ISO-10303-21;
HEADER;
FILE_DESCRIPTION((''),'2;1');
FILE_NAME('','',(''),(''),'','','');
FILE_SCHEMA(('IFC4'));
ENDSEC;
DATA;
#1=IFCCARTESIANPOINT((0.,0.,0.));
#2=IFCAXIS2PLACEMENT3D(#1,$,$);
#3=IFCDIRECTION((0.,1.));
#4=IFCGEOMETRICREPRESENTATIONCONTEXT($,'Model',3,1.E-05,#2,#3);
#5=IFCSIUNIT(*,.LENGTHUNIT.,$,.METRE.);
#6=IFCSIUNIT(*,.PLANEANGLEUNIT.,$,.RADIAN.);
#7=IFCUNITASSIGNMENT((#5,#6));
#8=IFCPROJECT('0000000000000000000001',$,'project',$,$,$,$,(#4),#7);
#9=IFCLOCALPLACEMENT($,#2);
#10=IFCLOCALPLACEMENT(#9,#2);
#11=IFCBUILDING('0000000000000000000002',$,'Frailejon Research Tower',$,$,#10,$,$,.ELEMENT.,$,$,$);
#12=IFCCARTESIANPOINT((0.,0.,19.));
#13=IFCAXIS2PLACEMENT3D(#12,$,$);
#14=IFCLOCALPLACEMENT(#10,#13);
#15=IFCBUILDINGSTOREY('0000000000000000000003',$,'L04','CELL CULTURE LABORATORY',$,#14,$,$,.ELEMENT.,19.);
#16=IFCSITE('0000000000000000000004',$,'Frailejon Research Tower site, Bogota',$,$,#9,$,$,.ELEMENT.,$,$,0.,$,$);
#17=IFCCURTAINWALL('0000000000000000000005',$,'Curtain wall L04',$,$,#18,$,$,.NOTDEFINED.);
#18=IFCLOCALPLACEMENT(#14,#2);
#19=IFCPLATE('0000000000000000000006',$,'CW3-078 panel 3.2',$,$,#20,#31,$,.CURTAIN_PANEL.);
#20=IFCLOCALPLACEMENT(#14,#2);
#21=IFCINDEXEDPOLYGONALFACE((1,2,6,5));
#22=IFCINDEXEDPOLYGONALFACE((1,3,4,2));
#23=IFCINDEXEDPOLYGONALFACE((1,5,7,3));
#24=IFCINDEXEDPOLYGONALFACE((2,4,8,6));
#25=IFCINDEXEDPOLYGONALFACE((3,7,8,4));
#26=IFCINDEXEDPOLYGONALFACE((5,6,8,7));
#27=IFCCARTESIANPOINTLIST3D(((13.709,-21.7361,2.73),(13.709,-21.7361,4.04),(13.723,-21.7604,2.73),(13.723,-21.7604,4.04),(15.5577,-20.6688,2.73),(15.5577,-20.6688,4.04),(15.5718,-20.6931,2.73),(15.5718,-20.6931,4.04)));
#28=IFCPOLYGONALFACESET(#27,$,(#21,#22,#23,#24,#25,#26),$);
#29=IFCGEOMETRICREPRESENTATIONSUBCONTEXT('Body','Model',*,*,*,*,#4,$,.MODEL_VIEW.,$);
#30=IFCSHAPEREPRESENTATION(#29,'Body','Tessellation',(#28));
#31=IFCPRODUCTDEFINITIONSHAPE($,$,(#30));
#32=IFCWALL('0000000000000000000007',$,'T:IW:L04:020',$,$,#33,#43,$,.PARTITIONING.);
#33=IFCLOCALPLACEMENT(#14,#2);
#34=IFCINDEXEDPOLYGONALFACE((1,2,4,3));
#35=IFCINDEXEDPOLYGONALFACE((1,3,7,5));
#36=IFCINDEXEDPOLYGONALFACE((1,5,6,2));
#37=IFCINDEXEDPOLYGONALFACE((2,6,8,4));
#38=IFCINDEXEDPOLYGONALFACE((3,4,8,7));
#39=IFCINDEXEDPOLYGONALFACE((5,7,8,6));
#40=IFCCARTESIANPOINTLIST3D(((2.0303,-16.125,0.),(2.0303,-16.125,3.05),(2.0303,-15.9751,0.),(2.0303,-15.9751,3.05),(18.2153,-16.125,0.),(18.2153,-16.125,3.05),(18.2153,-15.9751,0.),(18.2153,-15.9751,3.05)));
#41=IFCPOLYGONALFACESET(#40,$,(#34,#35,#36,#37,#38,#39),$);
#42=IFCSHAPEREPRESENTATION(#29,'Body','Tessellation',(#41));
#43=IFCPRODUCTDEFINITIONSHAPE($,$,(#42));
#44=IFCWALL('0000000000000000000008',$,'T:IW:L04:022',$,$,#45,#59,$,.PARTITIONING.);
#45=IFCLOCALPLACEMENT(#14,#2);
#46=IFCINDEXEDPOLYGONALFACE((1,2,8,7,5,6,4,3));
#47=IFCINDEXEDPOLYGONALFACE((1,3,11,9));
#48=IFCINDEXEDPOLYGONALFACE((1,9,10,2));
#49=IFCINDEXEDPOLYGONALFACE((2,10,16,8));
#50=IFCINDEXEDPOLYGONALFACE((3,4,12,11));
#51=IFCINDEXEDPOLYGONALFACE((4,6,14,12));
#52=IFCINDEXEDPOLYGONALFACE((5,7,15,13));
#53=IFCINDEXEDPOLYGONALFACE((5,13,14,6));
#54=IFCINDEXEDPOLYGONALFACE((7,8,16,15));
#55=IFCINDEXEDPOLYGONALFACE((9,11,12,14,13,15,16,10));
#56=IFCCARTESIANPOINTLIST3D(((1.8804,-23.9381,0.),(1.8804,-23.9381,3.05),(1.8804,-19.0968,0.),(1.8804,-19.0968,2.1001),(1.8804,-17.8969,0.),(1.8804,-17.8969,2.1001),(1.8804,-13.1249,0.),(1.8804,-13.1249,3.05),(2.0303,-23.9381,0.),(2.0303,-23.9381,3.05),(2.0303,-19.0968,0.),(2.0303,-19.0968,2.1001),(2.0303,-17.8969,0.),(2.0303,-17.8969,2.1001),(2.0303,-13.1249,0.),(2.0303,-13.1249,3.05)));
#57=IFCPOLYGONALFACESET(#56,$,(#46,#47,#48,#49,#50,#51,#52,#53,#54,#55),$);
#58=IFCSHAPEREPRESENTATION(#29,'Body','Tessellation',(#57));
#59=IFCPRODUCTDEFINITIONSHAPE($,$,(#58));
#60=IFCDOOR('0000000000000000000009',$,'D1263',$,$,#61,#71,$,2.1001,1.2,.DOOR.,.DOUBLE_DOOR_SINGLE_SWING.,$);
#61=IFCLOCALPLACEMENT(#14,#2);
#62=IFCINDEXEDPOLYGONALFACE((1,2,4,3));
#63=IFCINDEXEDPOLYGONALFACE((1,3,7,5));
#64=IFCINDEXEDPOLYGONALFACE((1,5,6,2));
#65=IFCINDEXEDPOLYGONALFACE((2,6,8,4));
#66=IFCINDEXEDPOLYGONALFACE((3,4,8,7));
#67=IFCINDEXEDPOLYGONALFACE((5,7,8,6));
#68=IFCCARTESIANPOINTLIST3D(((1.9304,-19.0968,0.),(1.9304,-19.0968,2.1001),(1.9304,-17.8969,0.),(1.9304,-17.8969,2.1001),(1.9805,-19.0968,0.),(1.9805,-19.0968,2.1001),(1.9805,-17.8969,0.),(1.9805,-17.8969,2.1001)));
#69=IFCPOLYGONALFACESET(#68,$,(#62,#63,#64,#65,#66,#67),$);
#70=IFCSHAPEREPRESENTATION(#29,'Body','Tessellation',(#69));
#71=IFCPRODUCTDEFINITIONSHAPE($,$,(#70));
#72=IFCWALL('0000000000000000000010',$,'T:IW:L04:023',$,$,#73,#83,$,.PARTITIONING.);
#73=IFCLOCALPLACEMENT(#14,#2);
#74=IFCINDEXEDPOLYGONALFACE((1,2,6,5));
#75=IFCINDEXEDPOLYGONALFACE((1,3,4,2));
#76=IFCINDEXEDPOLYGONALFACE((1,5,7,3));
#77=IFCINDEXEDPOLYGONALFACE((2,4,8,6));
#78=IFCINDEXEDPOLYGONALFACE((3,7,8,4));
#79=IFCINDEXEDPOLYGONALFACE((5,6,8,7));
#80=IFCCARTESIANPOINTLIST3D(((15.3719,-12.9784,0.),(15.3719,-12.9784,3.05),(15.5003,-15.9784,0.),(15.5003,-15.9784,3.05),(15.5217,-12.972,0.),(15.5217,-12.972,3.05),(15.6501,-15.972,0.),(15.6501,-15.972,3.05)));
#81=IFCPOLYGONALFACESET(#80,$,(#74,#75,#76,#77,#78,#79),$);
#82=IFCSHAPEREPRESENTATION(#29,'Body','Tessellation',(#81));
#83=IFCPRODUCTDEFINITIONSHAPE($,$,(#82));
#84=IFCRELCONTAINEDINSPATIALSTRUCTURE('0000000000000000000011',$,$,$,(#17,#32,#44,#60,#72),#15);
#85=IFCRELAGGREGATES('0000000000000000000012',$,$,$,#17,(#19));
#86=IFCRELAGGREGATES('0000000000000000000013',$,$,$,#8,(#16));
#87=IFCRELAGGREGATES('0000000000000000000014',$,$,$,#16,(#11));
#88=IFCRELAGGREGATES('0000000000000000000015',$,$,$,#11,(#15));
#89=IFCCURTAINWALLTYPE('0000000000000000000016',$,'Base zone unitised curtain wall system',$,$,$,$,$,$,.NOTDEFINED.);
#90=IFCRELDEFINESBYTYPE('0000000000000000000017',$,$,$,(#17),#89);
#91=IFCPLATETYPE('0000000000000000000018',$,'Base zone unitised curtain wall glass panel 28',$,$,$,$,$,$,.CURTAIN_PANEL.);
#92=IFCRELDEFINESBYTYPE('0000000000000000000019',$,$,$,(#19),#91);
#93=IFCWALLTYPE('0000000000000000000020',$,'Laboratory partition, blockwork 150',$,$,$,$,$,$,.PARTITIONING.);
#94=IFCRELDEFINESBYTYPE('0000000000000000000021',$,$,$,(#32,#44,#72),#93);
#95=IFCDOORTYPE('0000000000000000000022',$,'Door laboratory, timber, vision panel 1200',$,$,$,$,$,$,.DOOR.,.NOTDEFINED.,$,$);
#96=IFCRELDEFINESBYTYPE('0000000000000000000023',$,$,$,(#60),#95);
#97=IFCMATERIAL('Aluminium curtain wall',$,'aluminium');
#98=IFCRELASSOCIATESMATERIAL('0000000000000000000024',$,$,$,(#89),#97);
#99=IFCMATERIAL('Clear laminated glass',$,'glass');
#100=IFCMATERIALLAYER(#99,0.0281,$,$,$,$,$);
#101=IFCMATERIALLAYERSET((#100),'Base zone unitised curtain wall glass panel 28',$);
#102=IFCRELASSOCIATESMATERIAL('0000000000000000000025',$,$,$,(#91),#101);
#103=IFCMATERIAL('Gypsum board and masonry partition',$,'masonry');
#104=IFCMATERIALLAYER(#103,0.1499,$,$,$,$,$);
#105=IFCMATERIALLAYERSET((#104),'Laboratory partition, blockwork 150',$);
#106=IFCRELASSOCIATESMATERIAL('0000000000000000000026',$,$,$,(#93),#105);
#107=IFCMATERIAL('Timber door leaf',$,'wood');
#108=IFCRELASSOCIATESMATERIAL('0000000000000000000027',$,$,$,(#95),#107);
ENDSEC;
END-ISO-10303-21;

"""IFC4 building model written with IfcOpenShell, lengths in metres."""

from ifc_helpers import new_model, si_unit, direction, frame, frame_2d, origin, origin_2d, place, context, subcontext, project, spatial, rectangle, extrude, material, layer, layer_set, type_object, element, fill, aggregate, save


model = new_model("IFC4")

# Units and contexts
model_context = context("Model", 3, precision=1e-05, world=origin(), true_north=direction((0.0, 1.0)))
body_context = subcontext(model_context, "Body", "Model", "MODEL_VIEW")
ifc_project = project(units=[si_unit("LENGTHUNIT", "METRE"), si_unit("PLANEANGLEUNIT", "RADIAN")], contexts=[model_context])

# Site, building, storey
site_placement = place(None, origin())
site = spatial("IfcSite", under=ifc_project, at=site_placement, Name="Frailejon Research Tower site, Bogota", CompositionType="ELEMENT", RefElevation=0.0)
building_placement = place(site_placement, origin())
building = spatial("IfcBuilding", under=site, at=building_placement, Name="Frailejon Research Tower", CompositionType="ELEMENT")
storey_placement = place(building_placement, frame((0.0, 0.0, 19.0)))
storey = spatial("IfcBuildingStorey", under=building, at=storey_placement, Name="L04", Description="CELL CULTURE LABORATORY", CompositionType="ELEMENT", Elevation=19.0)

# Curtain wall, plate
ifc_material_1 = material(Name="Aluminium curtain wall", Category="aluminium")
curtain_wall_type = type_object("IfcCurtainWallType", Name="Base zone unitised curtain wall system", PredefinedType="NOTDEFINED", material=ifc_material_1)
curtain_wall_placement = place(storey_placement, origin())
curtain_wall = element("IfcCurtainWall", 1, at=curtain_wall_placement, inside=storey, type_object=curtain_wall_type, Name="Curtain wall L04", PredefinedType="NOTDEFINED")
ifc_material_2 = material(Name="Clear laminated glass", Category="glass")
ifc_layer_1 = layer(ifc_material_2, 0.0281)
ifc_layer_set_1 = layer_set([ifc_layer_1], Name="Base zone unitised curtain wall glass panel 28")
plate_type = type_object("IfcPlateType", Name="Base zone unitised curtain wall glass panel 28", PredefinedType="CURTAIN_PANEL", material=ifc_layer_set_1)
plate_1_placement = place(storey_placement, frame((14.6404, -21.2146, 2.73), z_axis=(0.0, 0.0, 1.0), x_axis=(0.866026, 0.499998, 0.0)))
plate_1 = element("IfcPlate", 2, at=plate_1_placement, type_object=plate_type, Name="CW3-078 panel 3.2", PredefinedType="CURTAIN_PANEL", context=body_context, shape_type="SweptSolid", body=[
    extrude(rectangle(XDim=2.1348, YDim=0.0281, at=origin_2d()), origin(), (0.0, 0.0, 1.0), 1.3101),
])
aggregate(curtain_wall, [plate_1])

# Wall
ifc_material_3 = material(Name="Gypsum board and masonry partition", Category="masonry")
ifc_layer_2 = layer(ifc_material_3, 0.1499)
ifc_layer_set_2 = layer_set([ifc_layer_2], Name="Laboratory partition, blockwork 150")
wall_type = type_object("IfcWallType", Name="Laboratory partition, blockwork 150", PredefinedType="PARTITIONING", material=ifc_layer_set_2)
wall_1_placement = place(storey_placement, frame((2.0303, -16.05, 0.0), z_axis=(0.0, 0.0, 1.0), x_axis=(1.0, 0.0, 0.0)))
element("IfcWall", 3, at=wall_1_placement, inside=storey, type_object=wall_type, Name="T:IW:L04:020", PredefinedType="PARTITIONING", context=body_context, shape_type="SweptSolid", body=[
    extrude(rectangle(XDim=16.1851, YDim=0.1499, at=frame_2d((8.0925, 0.0))), origin(), (0.0, 0.0, 1.0), 3.05),
])

# Wall, opening, door
wall_2_placement = place(storey_placement, frame((1.9553, -23.9382, 0.0), z_axis=(0.0, 0.0, 1.0), x_axis=(0.0, 1.0, 0.0)))
wall_2 = element("IfcWall", 4, at=wall_2_placement, inside=storey, type_object=wall_type, Name="T:IW:L04:022", PredefinedType="PARTITIONING", context=body_context, shape_type="SweptSolid", body=[
    extrude(rectangle(XDim=10.8132, YDim=0.1499, at=frame_2d((5.4067, 0.0))), origin(), (0.0, 0.0, 1.0), 3.05),
])
opening_placement = place(wall_2_placement, frame((4.8413, 0.0, 0.0)))
opening = element("IfcOpeningElement", 5, at=opening_placement, cuts=wall_2, PredefinedType="OPENING", context=body_context, shape_type="SweptSolid", body=[
    extrude(rectangle(XDim=1.2, YDim=2.1001, at=frame_2d((0.6001, 1.05))), frame((0.0, 0.085, 0.0), z_axis=(0.0, -1.0, 0.0), x_axis=(1.0, 0.0, 0.0)), (0.0, 0.0, 1.0), 0.1699),
])
ifc_material_4 = material(Name="Timber door leaf", Category="wood")
door_type = type_object("IfcDoorType", Name="Door laboratory, timber, vision panel 1200", OperationType="NOTDEFINED", PredefinedType="DOOR", material=ifc_material_4)
door_placement = place(opening_placement, origin())
door = element("IfcDoor", 6, at=door_placement, inside=storey, type_object=door_type, Name="D1263", OperationType="DOUBLE_DOOR_SINGLE_SWING", OverallHeight=2.1001, OverallWidth=1.2, PredefinedType="DOOR", context=body_context, shape_type="SweptSolid", body=[
    extrude(rectangle(XDim=1.2, YDim=2.1001, at=frame_2d((0.6001, 1.05))), frame((0.0, 0.0249, 0.0), z_axis=(0.0, -1.0, 0.0), x_axis=(1.0, 0.0, 0.0)), (0.0, 0.0, 1.0), 0.05),
])
fill(opening, door)

# Wall
wall_3_placement = place(storey_placement, frame((15.4468, -12.9751, 0.0), z_axis=(0.0, 0.0, 1.0), x_axis=(0.042767, -0.999085, 0.0)))
element("IfcWall", 7, at=wall_3_placement, inside=storey, type_object=wall_type, Name="T:IW:L04:023", PredefinedType="PARTITIONING", context=body_context, shape_type="SweptSolid", body=[
    extrude(rectangle(XDim=3.0027, YDim=0.1499, at=frame_2d((1.5015, 0.0))), origin(), (0.0, 0.0, 1.0), 3.05),
])

save(model, "model.ifc")
